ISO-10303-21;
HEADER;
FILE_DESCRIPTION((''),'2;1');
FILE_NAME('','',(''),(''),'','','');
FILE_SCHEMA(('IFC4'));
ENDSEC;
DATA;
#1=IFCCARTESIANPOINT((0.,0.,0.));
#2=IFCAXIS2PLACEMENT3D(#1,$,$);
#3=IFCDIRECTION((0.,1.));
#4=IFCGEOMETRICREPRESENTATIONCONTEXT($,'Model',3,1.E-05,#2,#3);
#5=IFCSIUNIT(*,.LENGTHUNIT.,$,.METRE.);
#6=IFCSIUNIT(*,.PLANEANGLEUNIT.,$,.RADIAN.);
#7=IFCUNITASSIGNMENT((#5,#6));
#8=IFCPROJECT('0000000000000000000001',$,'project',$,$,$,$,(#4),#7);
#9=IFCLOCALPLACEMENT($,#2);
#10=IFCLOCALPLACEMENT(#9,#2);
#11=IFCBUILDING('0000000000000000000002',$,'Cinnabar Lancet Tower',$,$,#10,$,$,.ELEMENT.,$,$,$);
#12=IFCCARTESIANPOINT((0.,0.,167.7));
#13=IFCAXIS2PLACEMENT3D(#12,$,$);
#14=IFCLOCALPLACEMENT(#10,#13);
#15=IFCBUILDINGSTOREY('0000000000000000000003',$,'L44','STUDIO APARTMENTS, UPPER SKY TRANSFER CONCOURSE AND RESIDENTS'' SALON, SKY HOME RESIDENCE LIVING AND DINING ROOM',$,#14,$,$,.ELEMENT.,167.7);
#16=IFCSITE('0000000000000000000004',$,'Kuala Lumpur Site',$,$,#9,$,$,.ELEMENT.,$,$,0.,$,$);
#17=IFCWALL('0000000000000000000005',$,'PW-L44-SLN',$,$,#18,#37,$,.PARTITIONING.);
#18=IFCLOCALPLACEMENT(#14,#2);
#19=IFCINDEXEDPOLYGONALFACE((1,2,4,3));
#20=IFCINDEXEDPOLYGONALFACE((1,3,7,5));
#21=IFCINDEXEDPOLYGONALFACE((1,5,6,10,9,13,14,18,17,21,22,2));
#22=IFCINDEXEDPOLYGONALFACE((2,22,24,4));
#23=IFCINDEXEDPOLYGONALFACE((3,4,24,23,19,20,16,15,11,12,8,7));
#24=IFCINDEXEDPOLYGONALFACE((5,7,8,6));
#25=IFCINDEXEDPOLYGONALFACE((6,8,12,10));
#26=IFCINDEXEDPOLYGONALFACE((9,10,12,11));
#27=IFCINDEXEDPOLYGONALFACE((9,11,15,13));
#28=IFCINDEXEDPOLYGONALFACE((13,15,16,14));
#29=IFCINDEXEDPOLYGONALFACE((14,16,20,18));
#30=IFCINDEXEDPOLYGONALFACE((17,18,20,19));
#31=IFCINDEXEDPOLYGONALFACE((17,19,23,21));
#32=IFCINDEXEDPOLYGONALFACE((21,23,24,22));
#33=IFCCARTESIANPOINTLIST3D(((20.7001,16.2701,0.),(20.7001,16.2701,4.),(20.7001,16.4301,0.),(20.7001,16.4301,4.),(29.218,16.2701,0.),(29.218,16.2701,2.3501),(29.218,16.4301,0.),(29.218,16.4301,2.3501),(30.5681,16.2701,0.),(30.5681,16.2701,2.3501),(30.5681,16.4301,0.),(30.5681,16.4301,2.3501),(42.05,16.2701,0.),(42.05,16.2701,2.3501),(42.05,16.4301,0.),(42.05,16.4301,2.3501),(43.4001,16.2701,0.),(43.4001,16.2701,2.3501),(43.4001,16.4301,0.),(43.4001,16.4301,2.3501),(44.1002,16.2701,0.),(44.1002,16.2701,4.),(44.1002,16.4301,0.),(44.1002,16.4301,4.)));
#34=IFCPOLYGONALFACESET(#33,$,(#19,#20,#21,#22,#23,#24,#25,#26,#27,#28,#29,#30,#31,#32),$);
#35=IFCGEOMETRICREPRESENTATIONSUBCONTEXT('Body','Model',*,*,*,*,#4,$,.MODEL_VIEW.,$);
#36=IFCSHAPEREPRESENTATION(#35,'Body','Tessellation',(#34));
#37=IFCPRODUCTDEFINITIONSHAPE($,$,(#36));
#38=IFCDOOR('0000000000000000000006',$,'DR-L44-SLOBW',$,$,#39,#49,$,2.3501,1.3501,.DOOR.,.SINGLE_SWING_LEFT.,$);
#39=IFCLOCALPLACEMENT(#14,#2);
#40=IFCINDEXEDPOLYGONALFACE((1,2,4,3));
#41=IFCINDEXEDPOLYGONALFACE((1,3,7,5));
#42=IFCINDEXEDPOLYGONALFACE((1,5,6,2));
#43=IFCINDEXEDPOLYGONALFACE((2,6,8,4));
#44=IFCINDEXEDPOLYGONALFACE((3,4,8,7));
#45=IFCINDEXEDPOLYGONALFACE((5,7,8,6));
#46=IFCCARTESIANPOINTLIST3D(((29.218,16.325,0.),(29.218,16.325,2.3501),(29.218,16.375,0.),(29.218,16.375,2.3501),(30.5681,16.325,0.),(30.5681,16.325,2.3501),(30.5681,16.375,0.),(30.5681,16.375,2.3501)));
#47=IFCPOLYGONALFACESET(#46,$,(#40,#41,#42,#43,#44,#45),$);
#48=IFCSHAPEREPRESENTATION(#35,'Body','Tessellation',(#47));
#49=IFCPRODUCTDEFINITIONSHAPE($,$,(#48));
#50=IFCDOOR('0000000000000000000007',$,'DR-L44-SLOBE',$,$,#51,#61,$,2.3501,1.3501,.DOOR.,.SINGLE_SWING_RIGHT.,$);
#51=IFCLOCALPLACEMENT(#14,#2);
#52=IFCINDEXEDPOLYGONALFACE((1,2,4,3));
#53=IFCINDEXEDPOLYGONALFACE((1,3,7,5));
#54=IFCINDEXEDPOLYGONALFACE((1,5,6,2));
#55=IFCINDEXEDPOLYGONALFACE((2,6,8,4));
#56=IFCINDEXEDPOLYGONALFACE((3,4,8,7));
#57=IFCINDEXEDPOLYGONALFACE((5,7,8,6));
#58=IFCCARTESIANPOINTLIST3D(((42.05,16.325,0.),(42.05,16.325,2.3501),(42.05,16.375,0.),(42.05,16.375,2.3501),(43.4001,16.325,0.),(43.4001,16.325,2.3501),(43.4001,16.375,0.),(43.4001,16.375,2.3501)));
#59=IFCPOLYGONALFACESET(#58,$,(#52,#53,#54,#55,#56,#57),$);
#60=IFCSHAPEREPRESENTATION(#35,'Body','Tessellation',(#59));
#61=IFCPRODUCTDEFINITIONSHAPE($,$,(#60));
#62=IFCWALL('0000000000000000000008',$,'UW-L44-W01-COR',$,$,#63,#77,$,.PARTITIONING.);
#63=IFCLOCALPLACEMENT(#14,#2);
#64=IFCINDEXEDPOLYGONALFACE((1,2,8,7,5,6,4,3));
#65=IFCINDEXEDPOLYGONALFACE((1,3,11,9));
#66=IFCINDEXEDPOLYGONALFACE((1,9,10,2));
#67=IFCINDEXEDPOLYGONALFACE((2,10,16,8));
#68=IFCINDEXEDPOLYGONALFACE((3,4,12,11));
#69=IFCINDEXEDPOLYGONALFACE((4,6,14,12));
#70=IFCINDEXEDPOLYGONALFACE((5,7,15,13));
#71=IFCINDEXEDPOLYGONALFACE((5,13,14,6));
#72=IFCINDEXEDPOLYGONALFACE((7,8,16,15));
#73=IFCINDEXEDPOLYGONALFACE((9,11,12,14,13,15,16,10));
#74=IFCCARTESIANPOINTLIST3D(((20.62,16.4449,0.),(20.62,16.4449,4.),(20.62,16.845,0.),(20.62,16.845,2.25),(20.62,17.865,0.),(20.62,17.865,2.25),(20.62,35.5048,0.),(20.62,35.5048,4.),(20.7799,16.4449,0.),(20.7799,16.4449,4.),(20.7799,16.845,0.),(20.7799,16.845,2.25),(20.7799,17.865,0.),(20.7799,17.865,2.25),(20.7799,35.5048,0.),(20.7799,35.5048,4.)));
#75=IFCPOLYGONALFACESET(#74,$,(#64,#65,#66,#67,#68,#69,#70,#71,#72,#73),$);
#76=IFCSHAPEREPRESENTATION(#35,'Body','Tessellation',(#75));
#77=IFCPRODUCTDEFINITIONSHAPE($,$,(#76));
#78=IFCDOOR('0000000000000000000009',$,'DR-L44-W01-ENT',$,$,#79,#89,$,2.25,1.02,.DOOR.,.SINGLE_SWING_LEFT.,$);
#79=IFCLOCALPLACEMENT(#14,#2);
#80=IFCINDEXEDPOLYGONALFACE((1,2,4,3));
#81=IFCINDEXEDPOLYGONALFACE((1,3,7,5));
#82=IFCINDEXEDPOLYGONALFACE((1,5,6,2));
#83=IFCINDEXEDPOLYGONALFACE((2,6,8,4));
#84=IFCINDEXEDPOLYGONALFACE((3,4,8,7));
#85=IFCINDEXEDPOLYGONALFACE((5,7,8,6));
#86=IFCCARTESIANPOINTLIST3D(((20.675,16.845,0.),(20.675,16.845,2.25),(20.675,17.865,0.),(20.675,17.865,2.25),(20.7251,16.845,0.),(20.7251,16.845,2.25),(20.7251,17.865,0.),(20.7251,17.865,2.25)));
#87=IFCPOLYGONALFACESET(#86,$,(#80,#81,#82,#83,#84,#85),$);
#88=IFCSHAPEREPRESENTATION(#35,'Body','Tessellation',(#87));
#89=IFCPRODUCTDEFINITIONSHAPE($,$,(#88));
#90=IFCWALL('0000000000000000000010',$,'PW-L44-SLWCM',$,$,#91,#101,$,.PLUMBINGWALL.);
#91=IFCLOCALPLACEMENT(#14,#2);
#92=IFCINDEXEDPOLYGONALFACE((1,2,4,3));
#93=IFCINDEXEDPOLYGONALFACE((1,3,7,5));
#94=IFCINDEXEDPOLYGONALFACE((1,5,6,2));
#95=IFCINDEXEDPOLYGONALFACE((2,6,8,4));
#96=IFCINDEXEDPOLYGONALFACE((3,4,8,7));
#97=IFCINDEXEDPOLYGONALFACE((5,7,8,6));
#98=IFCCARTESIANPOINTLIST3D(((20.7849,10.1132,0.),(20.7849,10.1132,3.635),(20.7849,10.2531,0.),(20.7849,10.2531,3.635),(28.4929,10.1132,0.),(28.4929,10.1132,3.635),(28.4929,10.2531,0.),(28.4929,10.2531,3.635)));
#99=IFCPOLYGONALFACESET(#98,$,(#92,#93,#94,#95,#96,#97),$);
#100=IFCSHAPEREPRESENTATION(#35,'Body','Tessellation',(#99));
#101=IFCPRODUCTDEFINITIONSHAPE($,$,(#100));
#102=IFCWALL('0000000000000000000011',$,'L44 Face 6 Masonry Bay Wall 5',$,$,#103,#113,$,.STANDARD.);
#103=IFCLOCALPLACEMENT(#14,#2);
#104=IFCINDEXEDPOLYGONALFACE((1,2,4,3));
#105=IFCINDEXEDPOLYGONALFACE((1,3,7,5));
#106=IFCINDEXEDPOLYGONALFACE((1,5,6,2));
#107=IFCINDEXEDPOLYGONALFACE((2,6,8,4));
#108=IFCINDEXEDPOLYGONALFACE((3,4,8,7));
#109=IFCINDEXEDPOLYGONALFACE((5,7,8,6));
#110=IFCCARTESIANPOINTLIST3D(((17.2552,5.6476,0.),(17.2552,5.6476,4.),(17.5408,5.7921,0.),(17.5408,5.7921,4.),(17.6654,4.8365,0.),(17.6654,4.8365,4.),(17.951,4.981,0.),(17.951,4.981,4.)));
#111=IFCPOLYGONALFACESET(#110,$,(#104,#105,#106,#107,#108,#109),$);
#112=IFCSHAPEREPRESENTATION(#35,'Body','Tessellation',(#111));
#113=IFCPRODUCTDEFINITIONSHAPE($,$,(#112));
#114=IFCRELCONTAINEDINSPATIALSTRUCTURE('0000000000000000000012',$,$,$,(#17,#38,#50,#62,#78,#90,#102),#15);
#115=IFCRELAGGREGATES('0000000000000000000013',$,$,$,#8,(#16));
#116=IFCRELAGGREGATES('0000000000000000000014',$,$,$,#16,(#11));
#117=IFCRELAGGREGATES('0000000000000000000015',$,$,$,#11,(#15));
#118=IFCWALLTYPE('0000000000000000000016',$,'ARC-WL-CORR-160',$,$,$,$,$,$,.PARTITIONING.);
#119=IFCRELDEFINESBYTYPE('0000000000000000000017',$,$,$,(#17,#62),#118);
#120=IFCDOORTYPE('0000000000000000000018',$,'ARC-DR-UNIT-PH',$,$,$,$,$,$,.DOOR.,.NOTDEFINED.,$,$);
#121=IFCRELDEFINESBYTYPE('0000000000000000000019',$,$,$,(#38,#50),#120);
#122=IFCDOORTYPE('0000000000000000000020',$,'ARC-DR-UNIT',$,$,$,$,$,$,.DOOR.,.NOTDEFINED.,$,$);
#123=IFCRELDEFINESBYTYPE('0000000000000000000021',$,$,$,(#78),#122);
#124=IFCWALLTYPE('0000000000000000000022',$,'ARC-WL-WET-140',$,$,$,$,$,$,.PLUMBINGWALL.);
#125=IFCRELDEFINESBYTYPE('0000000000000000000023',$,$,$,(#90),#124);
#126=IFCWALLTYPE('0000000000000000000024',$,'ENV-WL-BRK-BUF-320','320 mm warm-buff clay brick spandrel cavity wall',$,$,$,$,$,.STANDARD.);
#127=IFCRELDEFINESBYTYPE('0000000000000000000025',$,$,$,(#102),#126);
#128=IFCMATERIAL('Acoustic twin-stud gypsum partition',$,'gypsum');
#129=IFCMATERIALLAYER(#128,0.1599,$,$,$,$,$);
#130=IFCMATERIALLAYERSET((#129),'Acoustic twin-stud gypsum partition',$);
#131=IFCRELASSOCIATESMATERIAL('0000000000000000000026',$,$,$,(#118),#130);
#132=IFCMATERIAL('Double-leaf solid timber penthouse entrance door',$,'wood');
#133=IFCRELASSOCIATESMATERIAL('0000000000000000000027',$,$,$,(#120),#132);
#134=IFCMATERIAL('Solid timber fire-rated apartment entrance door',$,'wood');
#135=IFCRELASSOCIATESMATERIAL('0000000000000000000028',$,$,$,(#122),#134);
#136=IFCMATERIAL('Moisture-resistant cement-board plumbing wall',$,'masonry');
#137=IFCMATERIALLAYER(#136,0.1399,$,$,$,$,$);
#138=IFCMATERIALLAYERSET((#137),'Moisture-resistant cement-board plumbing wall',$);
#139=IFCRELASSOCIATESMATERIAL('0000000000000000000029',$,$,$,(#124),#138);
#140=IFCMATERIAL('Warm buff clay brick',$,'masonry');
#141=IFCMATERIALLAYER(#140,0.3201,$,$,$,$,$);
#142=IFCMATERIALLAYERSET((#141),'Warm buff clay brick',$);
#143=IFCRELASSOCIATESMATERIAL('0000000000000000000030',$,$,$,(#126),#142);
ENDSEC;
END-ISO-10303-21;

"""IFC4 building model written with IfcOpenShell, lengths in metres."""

from ifc_helpers import new_model, si_unit, direction, frame, frame_2d, origin, place, context, subcontext, project, spatial, rectangle, extrude, material, layer, layer_set, type_object, element, fill, save


model = new_model("IFC4")

# Units and contexts
model_context = context("Model", 3, precision=1e-05, world=origin(), true_north=direction((0.0, 1.0)))
body_context = subcontext(model_context, "Body", "Model", "MODEL_VIEW")
ifc_project = project(units=[si_unit("LENGTHUNIT", "METRE"), si_unit("PLANEANGLEUNIT", "RADIAN")], contexts=[model_context])

# Site, building, storey
site_placement = place(None, origin())
site = spatial("IfcSite", under=ifc_project, at=site_placement, Name="Kuala Lumpur Site", CompositionType="ELEMENT", RefElevation=0.0)
building_placement = place(site_placement, origin())
building = spatial("IfcBuilding", under=site, at=building_placement, Name="Cinnabar Lancet Tower", CompositionType="ELEMENT")
storey_placement = place(building_placement, frame((0.0, 0.0, 167.7)))
storey = spatial("IfcBuildingStorey", under=building, at=storey_placement, Name="L44", Description="STUDIO APARTMENTS, UPPER SKY TRANSFER CONCOURSE AND RESIDENTS' SALON, SKY HOME RESIDENCE LIVING AND DINING ROOM", CompositionType="ELEMENT", Elevation=167.7)

# Wall, openings, doors
ifc_material_1 = material(Name="Acoustic twin-stud gypsum partition", Category="gypsum")
ifc_layer_1 = layer(ifc_material_1, 0.1599)
ifc_layer_set_1 = layer_set([ifc_layer_1], Name="Acoustic twin-stud gypsum partition")
wall_type_1 = type_object("IfcWallType", Name="ARC-WL-CORR-160", PredefinedType="PARTITIONING", material=ifc_layer_set_1)
wall_1_placement = place(storey_placement, frame((20.7, 16.3501, 0.0), z_axis=(0.0, 0.0, 1.0), x_axis=(1.0, 0.0, 0.0)))
wall_1 = element("IfcWall", 1, at=wall_1_placement, inside=storey, type_object=wall_type_1, Name="PW-L44-SLN", PredefinedType="PARTITIONING", context=body_context, shape_type="SweptSolid", body=[
    extrude(rectangle(XDim=23.4001, YDim=0.1599, at=frame_2d((11.7002, 0.0))), origin(), (0.0, 0.0, 1.0), 4.0),
])
opening_1_placement = place(wall_1_placement, frame((8.5181, 0.0, 0.0)))
opening_1 = element("IfcOpeningElement", 2, at=opening_1_placement, cuts=wall_1, PredefinedType="OPENING", context=body_context, shape_type="SweptSolid", body=[
    extrude(rectangle(XDim=1.3501, YDim=2.3501, at=frame_2d((0.675, 1.175))), frame((0.0, 0.0898, 0.0), z_axis=(0.0, -1.0, 0.0), x_axis=(1.0, 0.0, 0.0)), (0.0, 0.0, 1.0), 0.1799),
])
opening_2_placement = place(wall_1_placement, frame((21.3501, 0.0, 0.0)))
opening_2 = element("IfcOpeningElement", 3, at=opening_2_placement, cuts=wall_1, PredefinedType="OPENING", context=body_context, shape_type="SweptSolid", body=[
    extrude(rectangle(XDim=1.3501, YDim=2.3501, at=frame_2d((0.675, 1.175))), frame((0.0, 0.0898, 0.0), z_axis=(0.0, -1.0, 0.0), x_axis=(1.0, 0.0, 0.0)), (0.0, 0.0, 1.0), 0.1799),
])
ifc_material_2 = material(Name="Double-leaf solid timber penthouse entrance door", Category="wood")
door_type_1 = type_object("IfcDoorType", Name="ARC-DR-UNIT-PH", OperationType="NOTDEFINED", PredefinedType="DOOR", material=ifc_material_2)
door_1_placement = place(opening_1_placement, origin())
door_1 = element("IfcDoor", 4, at=door_1_placement, inside=storey, type_object=door_type_1, Name="DR-L44-SLOBW", OperationType="SINGLE_SWING_LEFT", OverallHeight=2.3501, OverallWidth=1.3501, PredefinedType="DOOR", context=body_context, shape_type="SweptSolid", body=[
    extrude(rectangle(XDim=1.3501, YDim=2.3501, at=frame_2d((0.675, 1.175))), frame((0.0, 0.0249, 0.0), z_axis=(0.0, -1.0, 0.0), x_axis=(1.0, 0.0, 0.0)), (0.0, 0.0, 1.0), 0.05),
])
fill(opening_1, door_1)
door_2_placement = place(opening_2_placement, origin())
door_2 = element("IfcDoor", 5, at=door_2_placement, inside=storey, type_object=door_type_1, Name="DR-L44-SLOBE", OperationType="SINGLE_SWING_RIGHT", OverallHeight=2.3501, OverallWidth=1.3501, PredefinedType="DOOR", context=body_context, shape_type="SweptSolid", body=[
    extrude(rectangle(XDim=1.3501, YDim=2.3501, at=frame_2d((0.675, 1.175))), frame((0.0, 0.0249, 0.0), z_axis=(0.0, -1.0, 0.0), x_axis=(1.0, 0.0, 0.0)), (0.0, 0.0, 1.0), 0.05),
])
fill(opening_2, door_2)

# Wall, opening, door
wall_2_placement = place(storey_placement, frame((20.7, 16.4451, 0.0), z_axis=(0.0, 0.0, 1.0), x_axis=(0.0, 1.0, 0.0)))
wall_2 = element("IfcWall", 6, at=wall_2_placement, inside=storey, type_object=wall_type_1, Name="UW-L44-W01-COR", PredefinedType="PARTITIONING", context=body_context, shape_type="SweptSolid", body=[
    extrude(rectangle(XDim=19.0598, YDim=0.1599, at=frame_2d((9.5298, 0.0))), origin(), (0.0, 0.0, 1.0), 4.0),
])
opening_3_placement = place(wall_2_placement, frame((0.3999, 0.0, 0.0)))
opening_3 = element("IfcOpeningElement", 7, at=opening_3_placement, cuts=wall_2, PredefinedType="OPENING", context=body_context, shape_type="SweptSolid", body=[
    extrude(rectangle(XDim=1.02, YDim=2.25, at=frame_2d((0.51, 1.125))), frame((0.0, 0.0898, 0.0), z_axis=(0.0, -1.0, 0.0), x_axis=(1.0, 0.0, 0.0)), (0.0, 0.0, 1.0), 0.1799),
])
ifc_material_3 = material(Name="Solid timber fire-rated apartment entrance door", Category="wood")
door_type_2 = type_object("IfcDoorType", Name="ARC-DR-UNIT", OperationType="NOTDEFINED", PredefinedType="DOOR", material=ifc_material_3)
door_3_placement = place(opening_3_placement, origin())
door_3 = element("IfcDoor", 8, at=door_3_placement, inside=storey, type_object=door_type_2, Name="DR-L44-W01-ENT", OperationType="SINGLE_SWING_LEFT", OverallHeight=2.25, OverallWidth=1.02, PredefinedType="DOOR", context=body_context, shape_type="SweptSolid", body=[
    extrude(rectangle(XDim=1.02, YDim=2.25, at=frame_2d((0.51, 1.125))), frame((0.0, 0.0249, 0.0), z_axis=(0.0, -1.0, 0.0), x_axis=(1.0, 0.0, 0.0)), (0.0, 0.0, 1.0), 0.05),
])
fill(opening_3, door_3)

# Walls
ifc_material_4 = material(Name="Moisture-resistant cement-board plumbing wall", Category="masonry")
ifc_layer_2 = layer(ifc_material_4, 0.1399)
ifc_layer_set_2 = layer_set([ifc_layer_2], Name="Moisture-resistant cement-board plumbing wall")
wall_type_2 = type_object("IfcWallType", Name="ARC-WL-WET-140", PredefinedType="PLUMBINGWALL", material=ifc_layer_set_2)
wall_3_placement = place(storey_placement, frame((20.7849, 10.1831, 0.0), z_axis=(0.0, 0.0, 1.0), x_axis=(1.0, 0.0, 0.0)))
element("IfcWall", 9, at=wall_3_placement, inside=storey, type_object=wall_type_2, Name="PW-L44-SLWCM", PredefinedType="PLUMBINGWALL", context=body_context, shape_type="SweptSolid", body=[
    extrude(rectangle(XDim=7.708, YDim=0.1399, at=frame_2d((3.854, 0.0))), origin(), (0.0, 0.0, 1.0), 3.635),
])
ifc_material_5 = material(Name="Warm buff clay brick", Category="masonry")
ifc_layer_3 = layer(ifc_material_5, 0.3201)
ifc_layer_set_3 = layer_set([ifc_layer_3], Name="Warm buff clay brick")
wall_type_3 = type_object("IfcWallType", Name="ENV-WL-BRK-BUF-320", Description="320 mm warm-buff clay brick spandrel cavity wall", PredefinedType="STANDARD", material=ifc_layer_set_3)
wall_4_placement = place(storey_placement, frame((17.3979, 5.72, 0.0), z_axis=(0.0, 0.0, 1.0), x_axis=(0.451292, -0.892376, 0.0)))
element("IfcWall", 10, at=wall_4_placement, inside=storey, type_object=wall_type_3, Name="L44 Face 6 Masonry Bay Wall 5", PredefinedType="STANDARD", context=body_context, shape_type="SweptSolid", body=[
    extrude(rectangle(XDim=0.9089, YDim=0.3201, at=frame_2d((0.4546, 0.0))), origin(), (0.0, 0.0, 1.0), 4.0),
])

save(model, "model.ifc")
